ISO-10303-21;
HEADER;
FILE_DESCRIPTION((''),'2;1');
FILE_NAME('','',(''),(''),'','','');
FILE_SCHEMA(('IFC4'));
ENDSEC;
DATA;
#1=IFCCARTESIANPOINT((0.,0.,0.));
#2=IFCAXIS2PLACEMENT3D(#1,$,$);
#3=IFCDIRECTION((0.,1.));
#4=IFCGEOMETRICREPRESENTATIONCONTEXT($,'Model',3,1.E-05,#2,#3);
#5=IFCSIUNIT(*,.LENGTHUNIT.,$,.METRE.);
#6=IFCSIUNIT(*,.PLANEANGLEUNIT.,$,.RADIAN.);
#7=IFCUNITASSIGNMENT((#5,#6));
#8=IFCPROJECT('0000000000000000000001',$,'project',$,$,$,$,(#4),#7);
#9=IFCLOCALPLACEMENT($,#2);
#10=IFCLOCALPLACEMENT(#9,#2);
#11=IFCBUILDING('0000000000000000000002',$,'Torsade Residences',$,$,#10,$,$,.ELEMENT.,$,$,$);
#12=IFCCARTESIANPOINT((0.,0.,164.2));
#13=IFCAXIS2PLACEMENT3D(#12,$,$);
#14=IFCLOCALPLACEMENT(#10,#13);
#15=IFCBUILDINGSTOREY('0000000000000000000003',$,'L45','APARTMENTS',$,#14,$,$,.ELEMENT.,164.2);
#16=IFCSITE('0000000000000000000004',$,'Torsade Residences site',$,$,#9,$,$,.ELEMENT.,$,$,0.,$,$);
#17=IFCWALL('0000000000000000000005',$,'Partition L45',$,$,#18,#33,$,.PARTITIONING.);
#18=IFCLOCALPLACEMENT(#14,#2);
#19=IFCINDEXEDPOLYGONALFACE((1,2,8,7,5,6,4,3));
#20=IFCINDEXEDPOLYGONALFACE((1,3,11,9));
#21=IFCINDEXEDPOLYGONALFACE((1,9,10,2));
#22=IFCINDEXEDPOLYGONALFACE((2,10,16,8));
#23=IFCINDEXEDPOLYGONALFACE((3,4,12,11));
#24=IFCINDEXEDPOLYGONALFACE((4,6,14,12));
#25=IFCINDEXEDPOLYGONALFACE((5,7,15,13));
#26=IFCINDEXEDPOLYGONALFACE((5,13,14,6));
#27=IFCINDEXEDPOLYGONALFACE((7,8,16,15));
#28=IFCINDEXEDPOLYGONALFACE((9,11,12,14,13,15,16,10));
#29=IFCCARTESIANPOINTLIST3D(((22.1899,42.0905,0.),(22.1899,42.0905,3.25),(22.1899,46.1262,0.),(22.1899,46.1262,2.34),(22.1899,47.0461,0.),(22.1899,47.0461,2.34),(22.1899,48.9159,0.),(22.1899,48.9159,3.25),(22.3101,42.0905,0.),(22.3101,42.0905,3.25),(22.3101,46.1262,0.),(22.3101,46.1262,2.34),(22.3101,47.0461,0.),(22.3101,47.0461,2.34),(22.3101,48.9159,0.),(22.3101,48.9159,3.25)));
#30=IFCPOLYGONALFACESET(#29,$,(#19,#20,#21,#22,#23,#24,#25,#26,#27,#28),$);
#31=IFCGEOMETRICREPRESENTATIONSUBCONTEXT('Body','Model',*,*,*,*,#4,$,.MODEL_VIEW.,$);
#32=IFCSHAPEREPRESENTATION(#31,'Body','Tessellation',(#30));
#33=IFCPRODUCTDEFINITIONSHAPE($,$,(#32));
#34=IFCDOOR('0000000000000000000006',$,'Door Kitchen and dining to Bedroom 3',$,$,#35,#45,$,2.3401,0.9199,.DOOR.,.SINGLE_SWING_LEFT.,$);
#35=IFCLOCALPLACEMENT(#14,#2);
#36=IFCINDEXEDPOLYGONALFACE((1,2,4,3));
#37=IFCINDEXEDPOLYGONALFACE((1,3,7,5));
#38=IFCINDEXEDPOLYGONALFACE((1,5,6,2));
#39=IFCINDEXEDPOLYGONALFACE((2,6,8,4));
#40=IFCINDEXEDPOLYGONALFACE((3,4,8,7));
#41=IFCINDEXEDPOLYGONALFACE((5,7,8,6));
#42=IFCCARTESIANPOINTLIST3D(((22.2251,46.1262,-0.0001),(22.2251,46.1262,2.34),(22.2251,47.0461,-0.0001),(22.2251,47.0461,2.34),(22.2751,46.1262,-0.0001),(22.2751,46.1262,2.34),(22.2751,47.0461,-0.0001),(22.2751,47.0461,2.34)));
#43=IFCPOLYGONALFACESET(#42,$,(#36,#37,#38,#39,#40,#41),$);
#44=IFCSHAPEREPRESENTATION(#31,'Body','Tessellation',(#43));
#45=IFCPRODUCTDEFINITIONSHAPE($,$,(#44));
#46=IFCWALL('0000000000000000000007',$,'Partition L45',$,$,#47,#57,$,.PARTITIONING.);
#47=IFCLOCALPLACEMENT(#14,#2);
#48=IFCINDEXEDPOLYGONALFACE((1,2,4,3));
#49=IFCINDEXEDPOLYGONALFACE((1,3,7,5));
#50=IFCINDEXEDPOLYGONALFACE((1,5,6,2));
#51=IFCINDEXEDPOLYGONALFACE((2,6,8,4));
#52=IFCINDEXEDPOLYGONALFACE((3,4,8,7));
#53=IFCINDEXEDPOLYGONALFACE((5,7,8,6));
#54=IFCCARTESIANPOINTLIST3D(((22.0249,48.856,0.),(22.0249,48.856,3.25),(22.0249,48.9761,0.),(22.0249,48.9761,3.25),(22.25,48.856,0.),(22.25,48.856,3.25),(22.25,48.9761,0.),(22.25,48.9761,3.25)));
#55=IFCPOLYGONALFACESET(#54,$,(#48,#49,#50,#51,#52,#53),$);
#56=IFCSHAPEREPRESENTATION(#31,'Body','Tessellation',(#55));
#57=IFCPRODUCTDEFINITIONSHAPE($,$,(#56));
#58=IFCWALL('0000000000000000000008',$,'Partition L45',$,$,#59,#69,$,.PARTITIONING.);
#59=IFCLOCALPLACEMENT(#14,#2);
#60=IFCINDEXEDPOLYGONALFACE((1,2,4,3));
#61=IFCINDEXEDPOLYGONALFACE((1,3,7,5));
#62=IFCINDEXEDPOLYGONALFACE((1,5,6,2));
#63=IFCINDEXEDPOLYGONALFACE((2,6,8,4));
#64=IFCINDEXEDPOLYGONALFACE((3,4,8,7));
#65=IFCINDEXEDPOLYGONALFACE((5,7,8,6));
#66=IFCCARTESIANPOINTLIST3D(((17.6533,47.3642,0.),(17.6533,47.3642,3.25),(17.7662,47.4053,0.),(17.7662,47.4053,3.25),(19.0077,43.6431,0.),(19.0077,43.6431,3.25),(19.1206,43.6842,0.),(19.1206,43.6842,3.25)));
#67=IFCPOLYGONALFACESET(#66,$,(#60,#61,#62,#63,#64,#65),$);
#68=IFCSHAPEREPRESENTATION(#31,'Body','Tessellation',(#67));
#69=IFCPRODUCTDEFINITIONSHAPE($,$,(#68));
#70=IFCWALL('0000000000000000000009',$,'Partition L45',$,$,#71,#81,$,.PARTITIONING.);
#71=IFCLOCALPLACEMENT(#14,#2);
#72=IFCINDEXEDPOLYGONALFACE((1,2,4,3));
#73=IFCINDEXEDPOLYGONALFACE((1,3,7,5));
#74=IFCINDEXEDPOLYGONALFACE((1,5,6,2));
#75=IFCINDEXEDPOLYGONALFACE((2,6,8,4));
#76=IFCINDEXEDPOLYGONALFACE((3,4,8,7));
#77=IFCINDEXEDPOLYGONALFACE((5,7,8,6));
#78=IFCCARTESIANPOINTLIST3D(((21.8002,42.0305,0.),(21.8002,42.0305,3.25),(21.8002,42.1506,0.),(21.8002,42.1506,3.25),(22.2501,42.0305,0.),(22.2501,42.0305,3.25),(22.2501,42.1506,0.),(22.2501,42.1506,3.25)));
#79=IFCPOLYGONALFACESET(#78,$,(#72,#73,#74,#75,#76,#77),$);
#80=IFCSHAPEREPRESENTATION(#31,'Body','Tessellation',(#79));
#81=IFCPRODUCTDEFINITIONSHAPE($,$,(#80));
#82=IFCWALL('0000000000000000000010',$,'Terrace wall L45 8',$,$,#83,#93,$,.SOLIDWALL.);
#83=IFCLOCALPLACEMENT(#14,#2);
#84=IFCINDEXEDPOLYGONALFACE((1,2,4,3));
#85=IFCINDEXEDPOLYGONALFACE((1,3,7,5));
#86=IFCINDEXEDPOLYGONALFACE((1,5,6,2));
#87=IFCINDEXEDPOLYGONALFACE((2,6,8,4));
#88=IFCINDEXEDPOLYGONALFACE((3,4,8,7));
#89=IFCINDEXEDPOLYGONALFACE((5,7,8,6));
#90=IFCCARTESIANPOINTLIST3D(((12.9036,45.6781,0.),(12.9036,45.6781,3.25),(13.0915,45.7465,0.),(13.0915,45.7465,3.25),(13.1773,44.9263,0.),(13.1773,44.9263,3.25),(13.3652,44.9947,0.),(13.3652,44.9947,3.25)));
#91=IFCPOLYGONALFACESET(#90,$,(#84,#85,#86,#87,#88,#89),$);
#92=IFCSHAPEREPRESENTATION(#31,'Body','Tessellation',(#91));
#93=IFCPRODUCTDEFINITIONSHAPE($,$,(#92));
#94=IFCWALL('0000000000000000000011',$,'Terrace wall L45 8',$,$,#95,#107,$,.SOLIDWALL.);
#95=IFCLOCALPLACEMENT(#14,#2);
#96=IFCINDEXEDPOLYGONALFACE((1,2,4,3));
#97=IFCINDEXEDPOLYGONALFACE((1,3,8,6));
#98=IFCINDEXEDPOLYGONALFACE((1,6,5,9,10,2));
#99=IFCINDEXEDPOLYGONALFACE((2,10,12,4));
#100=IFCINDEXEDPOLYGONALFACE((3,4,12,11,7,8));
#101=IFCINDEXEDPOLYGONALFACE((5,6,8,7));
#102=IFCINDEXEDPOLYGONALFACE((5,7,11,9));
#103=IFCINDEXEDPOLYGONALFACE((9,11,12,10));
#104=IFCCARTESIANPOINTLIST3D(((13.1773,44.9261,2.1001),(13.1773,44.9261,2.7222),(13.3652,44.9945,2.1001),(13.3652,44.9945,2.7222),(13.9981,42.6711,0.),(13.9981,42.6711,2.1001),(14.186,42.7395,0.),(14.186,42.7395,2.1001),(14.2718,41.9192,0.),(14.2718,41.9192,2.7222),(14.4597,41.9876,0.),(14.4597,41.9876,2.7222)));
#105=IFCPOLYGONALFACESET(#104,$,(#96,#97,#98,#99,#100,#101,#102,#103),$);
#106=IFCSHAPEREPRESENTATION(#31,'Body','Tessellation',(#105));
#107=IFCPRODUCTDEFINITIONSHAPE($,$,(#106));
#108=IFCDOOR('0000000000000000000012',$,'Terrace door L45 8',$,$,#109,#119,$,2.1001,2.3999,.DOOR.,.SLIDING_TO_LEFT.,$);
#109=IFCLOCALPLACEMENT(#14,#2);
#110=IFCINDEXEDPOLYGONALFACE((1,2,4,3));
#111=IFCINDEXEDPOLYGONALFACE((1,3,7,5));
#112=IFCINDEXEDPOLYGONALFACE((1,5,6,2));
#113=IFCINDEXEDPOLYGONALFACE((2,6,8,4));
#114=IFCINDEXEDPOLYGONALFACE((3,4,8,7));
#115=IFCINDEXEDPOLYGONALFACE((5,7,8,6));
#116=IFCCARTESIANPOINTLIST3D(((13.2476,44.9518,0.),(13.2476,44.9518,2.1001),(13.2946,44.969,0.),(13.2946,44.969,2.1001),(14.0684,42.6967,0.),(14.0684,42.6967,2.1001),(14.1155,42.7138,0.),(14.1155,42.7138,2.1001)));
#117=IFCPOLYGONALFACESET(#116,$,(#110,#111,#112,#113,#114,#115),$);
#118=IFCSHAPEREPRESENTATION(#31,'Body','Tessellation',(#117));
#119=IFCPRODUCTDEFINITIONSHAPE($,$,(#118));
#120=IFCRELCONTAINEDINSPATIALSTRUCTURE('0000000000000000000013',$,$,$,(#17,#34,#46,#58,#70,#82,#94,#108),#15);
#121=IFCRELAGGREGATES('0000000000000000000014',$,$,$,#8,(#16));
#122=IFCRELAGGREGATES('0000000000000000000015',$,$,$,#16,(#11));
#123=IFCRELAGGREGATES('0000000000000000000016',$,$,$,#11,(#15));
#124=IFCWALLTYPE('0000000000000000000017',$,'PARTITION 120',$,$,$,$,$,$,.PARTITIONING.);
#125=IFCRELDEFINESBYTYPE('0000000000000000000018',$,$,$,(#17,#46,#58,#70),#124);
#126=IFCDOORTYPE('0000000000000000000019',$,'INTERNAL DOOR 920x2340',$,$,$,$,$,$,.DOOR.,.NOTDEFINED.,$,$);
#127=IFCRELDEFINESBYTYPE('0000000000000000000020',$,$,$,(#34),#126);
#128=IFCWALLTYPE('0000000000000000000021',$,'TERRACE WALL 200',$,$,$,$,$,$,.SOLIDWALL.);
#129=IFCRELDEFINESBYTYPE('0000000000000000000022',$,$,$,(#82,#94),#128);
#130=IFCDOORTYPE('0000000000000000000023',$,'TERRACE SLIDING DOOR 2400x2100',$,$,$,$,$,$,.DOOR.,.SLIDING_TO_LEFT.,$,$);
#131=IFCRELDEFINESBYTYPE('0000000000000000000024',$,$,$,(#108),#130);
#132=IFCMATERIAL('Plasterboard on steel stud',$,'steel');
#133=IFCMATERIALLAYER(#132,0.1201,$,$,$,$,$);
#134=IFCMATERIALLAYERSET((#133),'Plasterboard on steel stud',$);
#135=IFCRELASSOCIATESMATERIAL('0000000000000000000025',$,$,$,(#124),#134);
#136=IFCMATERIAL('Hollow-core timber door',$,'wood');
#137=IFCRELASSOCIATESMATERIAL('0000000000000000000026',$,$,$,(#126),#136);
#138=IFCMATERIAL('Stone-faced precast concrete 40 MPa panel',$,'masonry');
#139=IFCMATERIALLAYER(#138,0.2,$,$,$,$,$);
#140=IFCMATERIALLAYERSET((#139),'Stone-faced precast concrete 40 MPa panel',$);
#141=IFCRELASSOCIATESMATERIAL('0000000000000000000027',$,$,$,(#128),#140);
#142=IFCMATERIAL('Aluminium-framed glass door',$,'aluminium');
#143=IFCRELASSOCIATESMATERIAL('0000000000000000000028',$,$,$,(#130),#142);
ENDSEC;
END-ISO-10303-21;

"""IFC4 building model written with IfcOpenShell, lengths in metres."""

from ifc_helpers import new_model, si_unit, direction, frame, frame_2d, origin, place, context, subcontext, project, spatial, rectangle, extrude, material, layer, layer_set, type_object, element, fill, save


model = new_model("IFC4")

# Units and contexts
model_context = context("Model", 3, precision=1e-05, world=origin(), true_north=direction((0.0, 1.0)))
body_context = subcontext(model_context, "Body", "Model", "MODEL_VIEW")
ifc_project = project(units=[si_unit("LENGTHUNIT", "METRE"), si_unit("PLANEANGLEUNIT", "RADIAN")], contexts=[model_context])

# Site, building, storey
site_placement = place(None, origin())
site = spatial("IfcSite", under=ifc_project, at=site_placement, Name="Torsade Residences site", CompositionType="ELEMENT", RefElevation=0.0)
building_placement = place(site_placement, origin())
building = spatial("IfcBuilding", under=site, at=building_placement, Name="Torsade Residences", CompositionType="ELEMENT")
storey_placement = place(building_placement, frame((0.0, 0.0, 164.2)))
storey = spatial("IfcBuildingStorey", under=building, at=storey_placement, Name="L45", Description="APARTMENTS", CompositionType="ELEMENT", Elevation=164.2)

# Wall, opening, door
ifc_material_1 = material(Name="Plasterboard on steel stud", Category="steel")
ifc_layer_1 = layer(ifc_material_1, 0.1201)
ifc_layer_set_1 = layer_set([ifc_layer_1], Name="Plasterboard on steel stud")
wall_type_1 = type_object("IfcWallType", Name="PARTITION 120", PredefinedType="PARTITIONING", material=ifc_layer_set_1)
wall_1_placement = place(storey_placement, frame((22.25, 42.0906, 0.0), z_axis=(0.0, 0.0, 1.0), x_axis=(0.0, 1.0, 0.0)))
wall_1 = element("IfcWall", 1, at=wall_1_placement, inside=storey, type_object=wall_type_1, Name="Partition L45", PredefinedType="PARTITIONING", context=body_context, shape_type="SweptSolid", body=[
    extrude(rectangle(XDim=6.8254, YDim=0.1201, at=frame_2d((3.4126, 0.0))), origin(), (0.0, 0.0, 1.0), 3.25),
])
opening_1_placement = place(wall_1_placement, frame((4.0356, 0.0, 0.0)))
opening_1 = element("IfcOpeningElement", 2, at=opening_1_placement, cuts=wall_1, PredefinedType="OPENING", context=body_context, shape_type="SweptSolid", body=[
    extrude(rectangle(XDim=0.9199, YDim=2.3401, at=frame_2d((0.46, 1.1699))), frame((0.0, 0.0701, 0.0), z_axis=(0.0, -1.0, 0.0), x_axis=(1.0, 0.0, 0.0)), (0.0, 0.0, 1.0), 0.1401),
])
ifc_material_2 = material(Name="Hollow-core timber door", Category="wood")
door_type_1 = type_object("IfcDoorType", Name="INTERNAL DOOR 920x2340", OperationType="NOTDEFINED", PredefinedType="DOOR", material=ifc_material_2)
door_1_placement = place(opening_1_placement, origin())
door_1 = element("IfcDoor", 3, at=door_1_placement, inside=storey, type_object=door_type_1, Name="Door Kitchen and dining to Bedroom 3", OperationType="SINGLE_SWING_LEFT", OverallHeight=2.3401, OverallWidth=0.9199, PredefinedType="DOOR", context=body_context, shape_type="SweptSolid", body=[
    extrude(rectangle(XDim=0.9199, YDim=2.3401, at=frame_2d((0.46, 1.1699))), frame((0.0, 0.0249, 0.0), z_axis=(0.0, -1.0, 0.0), x_axis=(1.0, 0.0, 0.0)), (0.0, 0.0, 1.0), 0.05),
])
fill(opening_1, door_1)

# Walls
wall_2_placement = place(storey_placement, frame((22.25, 48.916, 0.0), z_axis=(0.0, 0.0, 1.0), x_axis=(-1.0, 0.0, 0.0)))
element("IfcWall", 4, at=wall_2_placement, inside=storey, type_object=wall_type_1, Name="Partition L45", PredefinedType="PARTITIONING", context=body_context, shape_type="SweptSolid", body=[
    extrude(rectangle(XDim=0.2251, YDim=0.1201, at=frame_2d((0.1125, 0.0))), origin(), (0.0, 0.0, 1.0), 3.25),
])
wall_3_placement = place(storey_placement, frame((17.7097, 47.3848, 0.0), z_axis=(0.0, 0.0, 1.0), x_axis=(0.34204, -0.939685, 0.0)))
element("IfcWall", 5, at=wall_3_placement, inside=storey, type_object=wall_type_1, Name="Partition L45", PredefinedType="PARTITIONING", context=body_context, shape_type="SweptSolid", body=[
    extrude(rectangle(XDim=3.96, YDim=0.1201, at=frame_2d((1.98, 0.0))), origin(), (0.0, 0.0, 1.0), 3.25),
])
wall_4_placement = place(storey_placement, frame((21.8, 42.0906, 0.0), z_axis=(0.0, 0.0, 1.0), x_axis=(1.0, 0.0, 0.0)))
element("IfcWall", 6, at=wall_4_placement, inside=storey, type_object=wall_type_1, Name="Partition L45", PredefinedType="PARTITIONING", context=body_context, shape_type="SweptSolid", body=[
    extrude(rectangle(XDim=0.45, YDim=0.1201, at=frame_2d((0.2251, 0.0))), origin(), (0.0, 0.0, 1.0), 3.25),
])
ifc_material_3 = material(Name="Stone-faced precast concrete 40 MPa panel", Category="masonry")
ifc_layer_2 = layer(ifc_material_3, 0.2)
ifc_layer_set_2 = layer_set([ifc_layer_2], Name="Stone-faced precast concrete 40 MPa panel")
wall_type_2 = type_object("IfcWallType", Name="TERRACE WALL 200", PredefinedType="SOLIDWALL", material=ifc_layer_set_2)
wall_5_placement = place(storey_placement, frame((12.9976, 45.7122, 0.0), z_axis=(0.0, 0.0, 1.0), x_axis=(0.342111, -0.93966, 0.0)))
element("IfcWall", 7, at=wall_5_placement, inside=storey, type_object=wall_type_2, Name="Terrace wall L45 8", PredefinedType="SOLIDWALL", context=body_context, shape_type="SweptSolid", body=[
    extrude(rectangle(XDim=0.8, YDim=0.2, at=frame_2d((0.3999, 0.0))), origin(), (0.0, 0.0, 1.0), 3.25),
])

# Wall, opening, door
wall_6_placement = place(storey_placement, frame((13.2712, 44.9604, 0.0), z_axis=(0.0, 0.0, 1.0), x_axis=(0.342019, -0.939693, 0.0)))
wall_6 = element("IfcWall", 8, at=wall_6_placement, inside=storey, type_object=wall_type_2, Name="Terrace wall L45 8", PredefinedType="SOLIDWALL", context=body_context, shape_type="SweptSolid", body=[
    extrude(rectangle(XDim=3.2, YDim=0.2, at=frame_2d((1.6001, 0.0))), origin(), (0.0, 0.0, 1.0), 2.7222),
])
opening_2_placement = place(wall_6_placement, origin())
opening_2 = element("IfcOpeningElement", 9, at=opening_2_placement, cuts=wall_6, PredefinedType="OPENING", context=body_context, shape_type="SweptSolid", body=[
    extrude(rectangle(XDim=2.3999, YDim=2.1001, at=frame_2d((1.2, 1.05))), frame((0.0, 0.1099, 0.0), z_axis=(0.0, -1.0, 0.0), x_axis=(1.0, 0.0, 0.0)), (0.0, 0.0, 1.0), 0.22),
])
ifc_material_4 = material(Name="Aluminium-framed glass door", Category="aluminium")
door_type_2 = type_object("IfcDoorType", Name="TERRACE SLIDING DOOR 2400x2100", OperationType="SLIDING_TO_LEFT", PredefinedType="DOOR", material=ifc_material_4)
door_2_placement = place(opening_2_placement, origin())
door_2 = element("IfcDoor", 10, at=door_2_placement, inside=storey, type_object=door_type_2, Name="Terrace door L45 8", OperationType="SLIDING_TO_LEFT", OverallHeight=2.1001, OverallWidth=2.3999, PredefinedType="DOOR", context=body_context, shape_type="SweptSolid", body=[
    extrude(rectangle(XDim=2.3999, YDim=2.1001, at=frame_2d((1.2, 1.05))), frame((0.0, 0.0249, 0.0), z_axis=(0.0, -1.0, 0.0), x_axis=(1.0, 0.0, 0.0)), (0.0, 0.0, 1.0), 0.05),
])
fill(opening_2, door_2)

save(model, "model.ifc")
